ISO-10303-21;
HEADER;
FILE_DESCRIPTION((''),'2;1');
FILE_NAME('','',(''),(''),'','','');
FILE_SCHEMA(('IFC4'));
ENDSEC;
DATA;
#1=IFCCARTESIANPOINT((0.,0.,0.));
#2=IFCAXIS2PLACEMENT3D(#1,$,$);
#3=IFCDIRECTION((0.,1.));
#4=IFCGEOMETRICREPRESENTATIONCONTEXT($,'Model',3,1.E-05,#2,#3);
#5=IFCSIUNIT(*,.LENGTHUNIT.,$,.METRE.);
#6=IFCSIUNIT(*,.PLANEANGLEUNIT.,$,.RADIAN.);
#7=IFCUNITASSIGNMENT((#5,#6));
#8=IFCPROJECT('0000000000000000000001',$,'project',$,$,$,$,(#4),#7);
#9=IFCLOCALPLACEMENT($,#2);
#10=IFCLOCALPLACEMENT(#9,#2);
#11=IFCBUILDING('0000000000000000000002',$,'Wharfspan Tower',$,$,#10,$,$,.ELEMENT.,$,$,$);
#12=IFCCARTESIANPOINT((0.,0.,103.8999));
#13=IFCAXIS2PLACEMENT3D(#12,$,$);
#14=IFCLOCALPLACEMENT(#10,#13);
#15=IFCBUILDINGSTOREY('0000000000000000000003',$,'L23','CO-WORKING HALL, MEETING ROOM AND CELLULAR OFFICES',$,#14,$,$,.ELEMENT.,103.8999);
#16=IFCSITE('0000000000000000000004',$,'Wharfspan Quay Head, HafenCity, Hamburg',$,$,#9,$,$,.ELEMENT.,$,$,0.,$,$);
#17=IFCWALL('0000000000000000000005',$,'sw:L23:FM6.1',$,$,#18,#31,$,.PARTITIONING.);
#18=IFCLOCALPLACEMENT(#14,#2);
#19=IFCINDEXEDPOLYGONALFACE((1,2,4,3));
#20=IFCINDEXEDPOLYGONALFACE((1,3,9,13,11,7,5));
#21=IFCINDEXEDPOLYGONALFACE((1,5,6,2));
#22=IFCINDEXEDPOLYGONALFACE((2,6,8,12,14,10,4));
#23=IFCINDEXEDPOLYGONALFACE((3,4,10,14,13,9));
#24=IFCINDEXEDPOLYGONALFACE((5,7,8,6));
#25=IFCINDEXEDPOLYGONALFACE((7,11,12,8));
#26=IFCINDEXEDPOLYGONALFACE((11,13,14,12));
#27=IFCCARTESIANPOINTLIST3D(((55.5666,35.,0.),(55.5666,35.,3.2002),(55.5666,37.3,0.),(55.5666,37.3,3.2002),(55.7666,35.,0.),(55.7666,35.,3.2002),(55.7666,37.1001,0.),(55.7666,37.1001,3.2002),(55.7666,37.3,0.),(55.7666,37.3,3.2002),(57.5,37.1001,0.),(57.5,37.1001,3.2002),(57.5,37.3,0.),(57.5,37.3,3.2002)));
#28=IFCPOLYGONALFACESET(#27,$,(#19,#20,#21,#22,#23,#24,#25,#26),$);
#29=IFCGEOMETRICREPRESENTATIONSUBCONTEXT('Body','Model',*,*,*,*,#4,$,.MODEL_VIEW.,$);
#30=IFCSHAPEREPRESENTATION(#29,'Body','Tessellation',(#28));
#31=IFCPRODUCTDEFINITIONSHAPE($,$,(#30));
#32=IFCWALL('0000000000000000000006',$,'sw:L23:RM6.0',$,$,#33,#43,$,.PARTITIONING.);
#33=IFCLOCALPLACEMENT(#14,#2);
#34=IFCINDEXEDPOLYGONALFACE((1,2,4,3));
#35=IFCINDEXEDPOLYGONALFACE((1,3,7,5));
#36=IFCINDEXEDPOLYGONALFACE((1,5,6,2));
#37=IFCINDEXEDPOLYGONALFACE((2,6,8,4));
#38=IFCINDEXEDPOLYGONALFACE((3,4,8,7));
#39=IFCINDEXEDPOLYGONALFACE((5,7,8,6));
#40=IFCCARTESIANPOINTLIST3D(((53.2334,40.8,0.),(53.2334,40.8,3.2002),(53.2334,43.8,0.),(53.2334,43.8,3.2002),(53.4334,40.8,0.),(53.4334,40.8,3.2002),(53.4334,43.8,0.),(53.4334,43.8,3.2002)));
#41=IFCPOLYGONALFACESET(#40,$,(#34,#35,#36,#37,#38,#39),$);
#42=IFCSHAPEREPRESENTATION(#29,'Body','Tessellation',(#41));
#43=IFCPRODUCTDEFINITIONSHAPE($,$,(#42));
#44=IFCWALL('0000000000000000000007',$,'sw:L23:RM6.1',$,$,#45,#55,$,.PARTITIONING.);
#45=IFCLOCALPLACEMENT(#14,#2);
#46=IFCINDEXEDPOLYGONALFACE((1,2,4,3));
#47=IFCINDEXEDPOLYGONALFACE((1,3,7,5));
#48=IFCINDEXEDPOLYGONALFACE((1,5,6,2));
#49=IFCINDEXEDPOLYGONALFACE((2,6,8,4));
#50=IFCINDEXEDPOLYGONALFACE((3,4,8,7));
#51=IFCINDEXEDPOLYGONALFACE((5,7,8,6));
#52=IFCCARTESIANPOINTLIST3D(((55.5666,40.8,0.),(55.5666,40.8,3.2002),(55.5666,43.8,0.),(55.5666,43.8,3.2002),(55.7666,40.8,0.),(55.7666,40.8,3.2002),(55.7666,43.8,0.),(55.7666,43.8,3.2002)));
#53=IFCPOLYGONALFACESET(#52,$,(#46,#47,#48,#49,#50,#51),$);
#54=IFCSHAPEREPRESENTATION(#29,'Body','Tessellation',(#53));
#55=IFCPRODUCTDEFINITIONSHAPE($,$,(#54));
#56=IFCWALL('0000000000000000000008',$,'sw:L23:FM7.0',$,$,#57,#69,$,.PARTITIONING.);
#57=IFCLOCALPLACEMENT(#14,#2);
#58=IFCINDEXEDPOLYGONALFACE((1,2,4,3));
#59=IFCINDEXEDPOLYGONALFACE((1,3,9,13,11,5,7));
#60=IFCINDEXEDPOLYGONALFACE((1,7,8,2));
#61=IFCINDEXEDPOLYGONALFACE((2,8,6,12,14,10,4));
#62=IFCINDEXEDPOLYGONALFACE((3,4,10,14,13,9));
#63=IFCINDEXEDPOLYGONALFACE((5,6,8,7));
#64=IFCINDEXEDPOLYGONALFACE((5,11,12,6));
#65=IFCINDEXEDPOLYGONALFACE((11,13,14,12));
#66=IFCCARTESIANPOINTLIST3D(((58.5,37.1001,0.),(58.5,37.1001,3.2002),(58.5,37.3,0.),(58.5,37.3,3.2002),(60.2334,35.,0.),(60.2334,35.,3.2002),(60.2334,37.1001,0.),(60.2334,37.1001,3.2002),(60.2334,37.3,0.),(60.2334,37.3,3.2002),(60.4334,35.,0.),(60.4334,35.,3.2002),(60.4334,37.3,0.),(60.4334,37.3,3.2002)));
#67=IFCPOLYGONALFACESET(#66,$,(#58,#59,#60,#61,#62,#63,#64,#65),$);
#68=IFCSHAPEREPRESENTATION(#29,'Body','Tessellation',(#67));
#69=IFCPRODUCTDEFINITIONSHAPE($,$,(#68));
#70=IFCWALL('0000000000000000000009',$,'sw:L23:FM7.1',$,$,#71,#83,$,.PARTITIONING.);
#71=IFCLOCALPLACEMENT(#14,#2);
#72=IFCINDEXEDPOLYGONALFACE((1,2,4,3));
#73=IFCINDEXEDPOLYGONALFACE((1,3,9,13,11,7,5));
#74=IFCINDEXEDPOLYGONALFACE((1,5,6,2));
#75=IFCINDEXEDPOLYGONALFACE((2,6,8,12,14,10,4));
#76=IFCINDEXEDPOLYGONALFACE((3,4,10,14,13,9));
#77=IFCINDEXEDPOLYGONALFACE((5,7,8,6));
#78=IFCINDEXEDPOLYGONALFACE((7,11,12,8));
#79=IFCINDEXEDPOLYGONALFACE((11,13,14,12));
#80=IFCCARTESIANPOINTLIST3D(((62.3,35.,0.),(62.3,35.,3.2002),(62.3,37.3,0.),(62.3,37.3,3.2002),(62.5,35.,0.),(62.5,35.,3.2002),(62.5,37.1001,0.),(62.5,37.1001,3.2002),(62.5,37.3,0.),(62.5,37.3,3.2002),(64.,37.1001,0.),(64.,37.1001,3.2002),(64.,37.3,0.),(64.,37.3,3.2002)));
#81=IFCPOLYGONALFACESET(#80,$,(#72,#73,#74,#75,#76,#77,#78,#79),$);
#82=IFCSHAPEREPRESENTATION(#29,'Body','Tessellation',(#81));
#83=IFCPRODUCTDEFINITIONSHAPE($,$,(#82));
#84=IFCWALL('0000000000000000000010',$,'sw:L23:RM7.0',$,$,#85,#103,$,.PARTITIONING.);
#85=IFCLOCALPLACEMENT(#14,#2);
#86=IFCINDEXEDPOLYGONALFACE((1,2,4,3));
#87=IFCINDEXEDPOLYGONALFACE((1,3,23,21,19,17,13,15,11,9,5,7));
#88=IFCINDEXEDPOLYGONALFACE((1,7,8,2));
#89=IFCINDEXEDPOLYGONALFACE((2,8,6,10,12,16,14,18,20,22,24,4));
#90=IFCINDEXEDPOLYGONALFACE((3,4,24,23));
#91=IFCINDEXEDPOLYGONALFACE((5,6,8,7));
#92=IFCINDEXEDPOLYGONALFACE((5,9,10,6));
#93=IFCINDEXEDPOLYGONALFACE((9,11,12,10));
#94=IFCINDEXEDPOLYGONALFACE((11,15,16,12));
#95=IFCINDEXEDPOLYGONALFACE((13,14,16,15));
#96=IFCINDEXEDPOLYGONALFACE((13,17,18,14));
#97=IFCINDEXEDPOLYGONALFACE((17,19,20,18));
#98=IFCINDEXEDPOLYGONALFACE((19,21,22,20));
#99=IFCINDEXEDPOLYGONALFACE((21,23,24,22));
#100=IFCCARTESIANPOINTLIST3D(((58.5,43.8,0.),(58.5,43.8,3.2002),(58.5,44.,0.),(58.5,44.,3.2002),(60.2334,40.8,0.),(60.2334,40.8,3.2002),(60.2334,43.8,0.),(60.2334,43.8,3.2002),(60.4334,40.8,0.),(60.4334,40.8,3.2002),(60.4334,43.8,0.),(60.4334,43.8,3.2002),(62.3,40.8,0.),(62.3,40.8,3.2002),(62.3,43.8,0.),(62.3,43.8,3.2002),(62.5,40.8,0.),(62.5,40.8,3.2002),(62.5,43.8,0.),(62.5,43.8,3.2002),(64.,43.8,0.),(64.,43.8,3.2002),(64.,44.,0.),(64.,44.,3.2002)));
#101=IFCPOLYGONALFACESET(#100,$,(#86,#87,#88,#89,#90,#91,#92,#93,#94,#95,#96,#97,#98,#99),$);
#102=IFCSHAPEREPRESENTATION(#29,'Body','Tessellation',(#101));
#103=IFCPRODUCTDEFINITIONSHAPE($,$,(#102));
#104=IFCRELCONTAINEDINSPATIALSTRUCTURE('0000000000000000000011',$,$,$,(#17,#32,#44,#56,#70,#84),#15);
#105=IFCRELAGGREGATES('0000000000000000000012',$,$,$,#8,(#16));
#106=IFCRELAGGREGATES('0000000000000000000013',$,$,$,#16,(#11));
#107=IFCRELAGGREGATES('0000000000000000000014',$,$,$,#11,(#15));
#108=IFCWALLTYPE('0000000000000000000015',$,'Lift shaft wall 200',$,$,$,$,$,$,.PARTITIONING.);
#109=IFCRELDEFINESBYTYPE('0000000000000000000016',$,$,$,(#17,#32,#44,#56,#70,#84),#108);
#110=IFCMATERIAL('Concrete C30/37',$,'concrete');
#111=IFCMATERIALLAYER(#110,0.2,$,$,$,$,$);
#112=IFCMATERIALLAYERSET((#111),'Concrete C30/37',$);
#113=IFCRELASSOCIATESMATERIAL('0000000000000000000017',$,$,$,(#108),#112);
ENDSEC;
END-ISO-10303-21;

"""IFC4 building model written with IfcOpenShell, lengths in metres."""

from ifc_helpers import new_model, si_unit, direction, frame, origin, place, context, subcontext, project, spatial, polyline, outline, extrude, material, layer, layer_set, type_object, element, save


model = new_model("IFC4")

# Units and contexts
model_context = context("Model", 3, precision=1e-05, world=origin(), true_north=direction((0.0, 1.0)))
body_context = subcontext(model_context, "Body", "Model", "MODEL_VIEW")
ifc_project = project(units=[si_unit("LENGTHUNIT", "METRE"), si_unit("PLANEANGLEUNIT", "RADIAN")], contexts=[model_context])

# Site, building, storey
site_placement = place(None, origin())
site = spatial("IfcSite", under=ifc_project, at=site_placement, Name="Wharfspan Quay Head, HafenCity, Hamburg", CompositionType="ELEMENT", RefElevation=0.0)
building_placement = place(site_placement, origin())
building = spatial("IfcBuilding", under=site, at=building_placement, Name="Wharfspan Tower", CompositionType="ELEMENT")
storey_placement = place(building_placement, frame((0.0, 0.0, 103.8999)))
storey = spatial("IfcBuildingStorey", under=building, at=storey_placement, Name="L23", Description="CO-WORKING HALL, MEETING ROOM AND CELLULAR OFFICES", CompositionType="ELEMENT", Elevation=103.8999)

# Walls
ifc_material_1 = material(Name="Concrete C30/37", Category="concrete")
ifc_layer_1 = layer(ifc_material_1, 0.2)
ifc_layer_set_1 = layer_set([ifc_layer_1], Name="Concrete C30/37")
wall_type_1 = type_object("IfcWallType", Name="Lift shaft wall 200", PredefinedType="PARTITIONING", material=ifc_layer_set_1)
wall_1_placement = place(storey_placement, origin())
element("IfcWall", 1, at=wall_1_placement, inside=storey, type_object=wall_type_1, Name="sw:L23:FM6.1", PredefinedType="PARTITIONING", context=body_context, shape_type="SweptSolid", body=[
    extrude(outline(polyline([(55.5667, 37.3), (55.7666, 37.3), (57.5, 37.3), (57.5, 37.1001), (55.7666, 37.1001), (55.7666, 35.0), (55.5667, 35.0), (55.5667, 37.3)])), origin(), (0.0, 0.0, 1.0), 3.2002),
])
wall_2_placement = place(storey_placement, origin())
element("IfcWall", 2, at=wall_2_placement, inside=storey, type_object=wall_type_1, Name="sw:L23:RM6.0", PredefinedType="PARTITIONING", context=body_context, shape_type="SweptSolid", body=[
    extrude(outline(polyline([(53.2334, 40.8), (53.2334, 43.8), (53.4333, 43.8), (53.4333, 40.8), (53.2334, 40.8)])), origin(), (0.0, 0.0, 1.0), 3.2002),
])
wall_3_placement = place(storey_placement, origin())
element("IfcWall", 3, at=wall_3_placement, inside=storey, type_object=wall_type_1, Name="sw:L23:RM6.1", PredefinedType="PARTITIONING", context=body_context, shape_type="SweptSolid", body=[
    extrude(outline(polyline([(55.5667, 40.8), (55.5667, 43.8), (55.7666, 43.8), (55.7666, 40.8), (55.5667, 40.8)])), origin(), (0.0, 0.0, 1.0), 3.2002),
])
wall_4_placement = place(storey_placement, origin())
element("IfcWall", 4, at=wall_4_placement, inside=storey, type_object=wall_type_1, Name="sw:L23:FM7.0", PredefinedType="PARTITIONING", context=body_context, shape_type="SweptSolid", body=[
    extrude(outline(polyline([(60.2334, 37.1001), (58.5, 37.1001), (58.5, 37.3), (60.2334, 37.3), (60.4333, 37.3), (60.4333, 35.0), (60.2334, 35.0), (60.2334, 37.1001)])), origin(), (0.0, 0.0, 1.0), 3.2002),
])
wall_5_placement = place(storey_placement, origin())
element("IfcWall", 5, at=wall_5_placement, inside=storey, type_object=wall_type_1, Name="sw:L23:FM7.1", PredefinedType="PARTITIONING", context=body_context, shape_type="SweptSolid", body=[
    extrude(outline(polyline([(62.3, 37.3), (62.5, 37.3), (64.0, 37.3), (64.0, 37.1001), (62.5, 37.1001), (62.5, 35.0), (62.3, 35.0), (62.3, 37.3)])), origin(), (0.0, 0.0, 1.0), 3.2002),
])
wall_6_placement = place(storey_placement, origin())
element("IfcWall", 6, at=wall_6_placement, inside=storey, type_object=wall_type_1, Name="sw:L23:RM7.0", PredefinedType="PARTITIONING", context=body_context, shape_type="SweptSolid", body=[
    extrude(outline(polyline([(60.4333, 40.8), (60.2334, 40.8), (60.2334, 43.8), (58.5, 43.8), (58.5, 44.0), (64.0, 44.0), (64.0, 43.8), (62.5, 43.8), (62.5, 40.8), (62.3, 40.8), (62.3, 43.8), (60.4333, 43.8), (60.4333, 40.8)])), origin(), (0.0, 0.0, 1.0), 3.2002),
])

save(model, "model.ifc")
